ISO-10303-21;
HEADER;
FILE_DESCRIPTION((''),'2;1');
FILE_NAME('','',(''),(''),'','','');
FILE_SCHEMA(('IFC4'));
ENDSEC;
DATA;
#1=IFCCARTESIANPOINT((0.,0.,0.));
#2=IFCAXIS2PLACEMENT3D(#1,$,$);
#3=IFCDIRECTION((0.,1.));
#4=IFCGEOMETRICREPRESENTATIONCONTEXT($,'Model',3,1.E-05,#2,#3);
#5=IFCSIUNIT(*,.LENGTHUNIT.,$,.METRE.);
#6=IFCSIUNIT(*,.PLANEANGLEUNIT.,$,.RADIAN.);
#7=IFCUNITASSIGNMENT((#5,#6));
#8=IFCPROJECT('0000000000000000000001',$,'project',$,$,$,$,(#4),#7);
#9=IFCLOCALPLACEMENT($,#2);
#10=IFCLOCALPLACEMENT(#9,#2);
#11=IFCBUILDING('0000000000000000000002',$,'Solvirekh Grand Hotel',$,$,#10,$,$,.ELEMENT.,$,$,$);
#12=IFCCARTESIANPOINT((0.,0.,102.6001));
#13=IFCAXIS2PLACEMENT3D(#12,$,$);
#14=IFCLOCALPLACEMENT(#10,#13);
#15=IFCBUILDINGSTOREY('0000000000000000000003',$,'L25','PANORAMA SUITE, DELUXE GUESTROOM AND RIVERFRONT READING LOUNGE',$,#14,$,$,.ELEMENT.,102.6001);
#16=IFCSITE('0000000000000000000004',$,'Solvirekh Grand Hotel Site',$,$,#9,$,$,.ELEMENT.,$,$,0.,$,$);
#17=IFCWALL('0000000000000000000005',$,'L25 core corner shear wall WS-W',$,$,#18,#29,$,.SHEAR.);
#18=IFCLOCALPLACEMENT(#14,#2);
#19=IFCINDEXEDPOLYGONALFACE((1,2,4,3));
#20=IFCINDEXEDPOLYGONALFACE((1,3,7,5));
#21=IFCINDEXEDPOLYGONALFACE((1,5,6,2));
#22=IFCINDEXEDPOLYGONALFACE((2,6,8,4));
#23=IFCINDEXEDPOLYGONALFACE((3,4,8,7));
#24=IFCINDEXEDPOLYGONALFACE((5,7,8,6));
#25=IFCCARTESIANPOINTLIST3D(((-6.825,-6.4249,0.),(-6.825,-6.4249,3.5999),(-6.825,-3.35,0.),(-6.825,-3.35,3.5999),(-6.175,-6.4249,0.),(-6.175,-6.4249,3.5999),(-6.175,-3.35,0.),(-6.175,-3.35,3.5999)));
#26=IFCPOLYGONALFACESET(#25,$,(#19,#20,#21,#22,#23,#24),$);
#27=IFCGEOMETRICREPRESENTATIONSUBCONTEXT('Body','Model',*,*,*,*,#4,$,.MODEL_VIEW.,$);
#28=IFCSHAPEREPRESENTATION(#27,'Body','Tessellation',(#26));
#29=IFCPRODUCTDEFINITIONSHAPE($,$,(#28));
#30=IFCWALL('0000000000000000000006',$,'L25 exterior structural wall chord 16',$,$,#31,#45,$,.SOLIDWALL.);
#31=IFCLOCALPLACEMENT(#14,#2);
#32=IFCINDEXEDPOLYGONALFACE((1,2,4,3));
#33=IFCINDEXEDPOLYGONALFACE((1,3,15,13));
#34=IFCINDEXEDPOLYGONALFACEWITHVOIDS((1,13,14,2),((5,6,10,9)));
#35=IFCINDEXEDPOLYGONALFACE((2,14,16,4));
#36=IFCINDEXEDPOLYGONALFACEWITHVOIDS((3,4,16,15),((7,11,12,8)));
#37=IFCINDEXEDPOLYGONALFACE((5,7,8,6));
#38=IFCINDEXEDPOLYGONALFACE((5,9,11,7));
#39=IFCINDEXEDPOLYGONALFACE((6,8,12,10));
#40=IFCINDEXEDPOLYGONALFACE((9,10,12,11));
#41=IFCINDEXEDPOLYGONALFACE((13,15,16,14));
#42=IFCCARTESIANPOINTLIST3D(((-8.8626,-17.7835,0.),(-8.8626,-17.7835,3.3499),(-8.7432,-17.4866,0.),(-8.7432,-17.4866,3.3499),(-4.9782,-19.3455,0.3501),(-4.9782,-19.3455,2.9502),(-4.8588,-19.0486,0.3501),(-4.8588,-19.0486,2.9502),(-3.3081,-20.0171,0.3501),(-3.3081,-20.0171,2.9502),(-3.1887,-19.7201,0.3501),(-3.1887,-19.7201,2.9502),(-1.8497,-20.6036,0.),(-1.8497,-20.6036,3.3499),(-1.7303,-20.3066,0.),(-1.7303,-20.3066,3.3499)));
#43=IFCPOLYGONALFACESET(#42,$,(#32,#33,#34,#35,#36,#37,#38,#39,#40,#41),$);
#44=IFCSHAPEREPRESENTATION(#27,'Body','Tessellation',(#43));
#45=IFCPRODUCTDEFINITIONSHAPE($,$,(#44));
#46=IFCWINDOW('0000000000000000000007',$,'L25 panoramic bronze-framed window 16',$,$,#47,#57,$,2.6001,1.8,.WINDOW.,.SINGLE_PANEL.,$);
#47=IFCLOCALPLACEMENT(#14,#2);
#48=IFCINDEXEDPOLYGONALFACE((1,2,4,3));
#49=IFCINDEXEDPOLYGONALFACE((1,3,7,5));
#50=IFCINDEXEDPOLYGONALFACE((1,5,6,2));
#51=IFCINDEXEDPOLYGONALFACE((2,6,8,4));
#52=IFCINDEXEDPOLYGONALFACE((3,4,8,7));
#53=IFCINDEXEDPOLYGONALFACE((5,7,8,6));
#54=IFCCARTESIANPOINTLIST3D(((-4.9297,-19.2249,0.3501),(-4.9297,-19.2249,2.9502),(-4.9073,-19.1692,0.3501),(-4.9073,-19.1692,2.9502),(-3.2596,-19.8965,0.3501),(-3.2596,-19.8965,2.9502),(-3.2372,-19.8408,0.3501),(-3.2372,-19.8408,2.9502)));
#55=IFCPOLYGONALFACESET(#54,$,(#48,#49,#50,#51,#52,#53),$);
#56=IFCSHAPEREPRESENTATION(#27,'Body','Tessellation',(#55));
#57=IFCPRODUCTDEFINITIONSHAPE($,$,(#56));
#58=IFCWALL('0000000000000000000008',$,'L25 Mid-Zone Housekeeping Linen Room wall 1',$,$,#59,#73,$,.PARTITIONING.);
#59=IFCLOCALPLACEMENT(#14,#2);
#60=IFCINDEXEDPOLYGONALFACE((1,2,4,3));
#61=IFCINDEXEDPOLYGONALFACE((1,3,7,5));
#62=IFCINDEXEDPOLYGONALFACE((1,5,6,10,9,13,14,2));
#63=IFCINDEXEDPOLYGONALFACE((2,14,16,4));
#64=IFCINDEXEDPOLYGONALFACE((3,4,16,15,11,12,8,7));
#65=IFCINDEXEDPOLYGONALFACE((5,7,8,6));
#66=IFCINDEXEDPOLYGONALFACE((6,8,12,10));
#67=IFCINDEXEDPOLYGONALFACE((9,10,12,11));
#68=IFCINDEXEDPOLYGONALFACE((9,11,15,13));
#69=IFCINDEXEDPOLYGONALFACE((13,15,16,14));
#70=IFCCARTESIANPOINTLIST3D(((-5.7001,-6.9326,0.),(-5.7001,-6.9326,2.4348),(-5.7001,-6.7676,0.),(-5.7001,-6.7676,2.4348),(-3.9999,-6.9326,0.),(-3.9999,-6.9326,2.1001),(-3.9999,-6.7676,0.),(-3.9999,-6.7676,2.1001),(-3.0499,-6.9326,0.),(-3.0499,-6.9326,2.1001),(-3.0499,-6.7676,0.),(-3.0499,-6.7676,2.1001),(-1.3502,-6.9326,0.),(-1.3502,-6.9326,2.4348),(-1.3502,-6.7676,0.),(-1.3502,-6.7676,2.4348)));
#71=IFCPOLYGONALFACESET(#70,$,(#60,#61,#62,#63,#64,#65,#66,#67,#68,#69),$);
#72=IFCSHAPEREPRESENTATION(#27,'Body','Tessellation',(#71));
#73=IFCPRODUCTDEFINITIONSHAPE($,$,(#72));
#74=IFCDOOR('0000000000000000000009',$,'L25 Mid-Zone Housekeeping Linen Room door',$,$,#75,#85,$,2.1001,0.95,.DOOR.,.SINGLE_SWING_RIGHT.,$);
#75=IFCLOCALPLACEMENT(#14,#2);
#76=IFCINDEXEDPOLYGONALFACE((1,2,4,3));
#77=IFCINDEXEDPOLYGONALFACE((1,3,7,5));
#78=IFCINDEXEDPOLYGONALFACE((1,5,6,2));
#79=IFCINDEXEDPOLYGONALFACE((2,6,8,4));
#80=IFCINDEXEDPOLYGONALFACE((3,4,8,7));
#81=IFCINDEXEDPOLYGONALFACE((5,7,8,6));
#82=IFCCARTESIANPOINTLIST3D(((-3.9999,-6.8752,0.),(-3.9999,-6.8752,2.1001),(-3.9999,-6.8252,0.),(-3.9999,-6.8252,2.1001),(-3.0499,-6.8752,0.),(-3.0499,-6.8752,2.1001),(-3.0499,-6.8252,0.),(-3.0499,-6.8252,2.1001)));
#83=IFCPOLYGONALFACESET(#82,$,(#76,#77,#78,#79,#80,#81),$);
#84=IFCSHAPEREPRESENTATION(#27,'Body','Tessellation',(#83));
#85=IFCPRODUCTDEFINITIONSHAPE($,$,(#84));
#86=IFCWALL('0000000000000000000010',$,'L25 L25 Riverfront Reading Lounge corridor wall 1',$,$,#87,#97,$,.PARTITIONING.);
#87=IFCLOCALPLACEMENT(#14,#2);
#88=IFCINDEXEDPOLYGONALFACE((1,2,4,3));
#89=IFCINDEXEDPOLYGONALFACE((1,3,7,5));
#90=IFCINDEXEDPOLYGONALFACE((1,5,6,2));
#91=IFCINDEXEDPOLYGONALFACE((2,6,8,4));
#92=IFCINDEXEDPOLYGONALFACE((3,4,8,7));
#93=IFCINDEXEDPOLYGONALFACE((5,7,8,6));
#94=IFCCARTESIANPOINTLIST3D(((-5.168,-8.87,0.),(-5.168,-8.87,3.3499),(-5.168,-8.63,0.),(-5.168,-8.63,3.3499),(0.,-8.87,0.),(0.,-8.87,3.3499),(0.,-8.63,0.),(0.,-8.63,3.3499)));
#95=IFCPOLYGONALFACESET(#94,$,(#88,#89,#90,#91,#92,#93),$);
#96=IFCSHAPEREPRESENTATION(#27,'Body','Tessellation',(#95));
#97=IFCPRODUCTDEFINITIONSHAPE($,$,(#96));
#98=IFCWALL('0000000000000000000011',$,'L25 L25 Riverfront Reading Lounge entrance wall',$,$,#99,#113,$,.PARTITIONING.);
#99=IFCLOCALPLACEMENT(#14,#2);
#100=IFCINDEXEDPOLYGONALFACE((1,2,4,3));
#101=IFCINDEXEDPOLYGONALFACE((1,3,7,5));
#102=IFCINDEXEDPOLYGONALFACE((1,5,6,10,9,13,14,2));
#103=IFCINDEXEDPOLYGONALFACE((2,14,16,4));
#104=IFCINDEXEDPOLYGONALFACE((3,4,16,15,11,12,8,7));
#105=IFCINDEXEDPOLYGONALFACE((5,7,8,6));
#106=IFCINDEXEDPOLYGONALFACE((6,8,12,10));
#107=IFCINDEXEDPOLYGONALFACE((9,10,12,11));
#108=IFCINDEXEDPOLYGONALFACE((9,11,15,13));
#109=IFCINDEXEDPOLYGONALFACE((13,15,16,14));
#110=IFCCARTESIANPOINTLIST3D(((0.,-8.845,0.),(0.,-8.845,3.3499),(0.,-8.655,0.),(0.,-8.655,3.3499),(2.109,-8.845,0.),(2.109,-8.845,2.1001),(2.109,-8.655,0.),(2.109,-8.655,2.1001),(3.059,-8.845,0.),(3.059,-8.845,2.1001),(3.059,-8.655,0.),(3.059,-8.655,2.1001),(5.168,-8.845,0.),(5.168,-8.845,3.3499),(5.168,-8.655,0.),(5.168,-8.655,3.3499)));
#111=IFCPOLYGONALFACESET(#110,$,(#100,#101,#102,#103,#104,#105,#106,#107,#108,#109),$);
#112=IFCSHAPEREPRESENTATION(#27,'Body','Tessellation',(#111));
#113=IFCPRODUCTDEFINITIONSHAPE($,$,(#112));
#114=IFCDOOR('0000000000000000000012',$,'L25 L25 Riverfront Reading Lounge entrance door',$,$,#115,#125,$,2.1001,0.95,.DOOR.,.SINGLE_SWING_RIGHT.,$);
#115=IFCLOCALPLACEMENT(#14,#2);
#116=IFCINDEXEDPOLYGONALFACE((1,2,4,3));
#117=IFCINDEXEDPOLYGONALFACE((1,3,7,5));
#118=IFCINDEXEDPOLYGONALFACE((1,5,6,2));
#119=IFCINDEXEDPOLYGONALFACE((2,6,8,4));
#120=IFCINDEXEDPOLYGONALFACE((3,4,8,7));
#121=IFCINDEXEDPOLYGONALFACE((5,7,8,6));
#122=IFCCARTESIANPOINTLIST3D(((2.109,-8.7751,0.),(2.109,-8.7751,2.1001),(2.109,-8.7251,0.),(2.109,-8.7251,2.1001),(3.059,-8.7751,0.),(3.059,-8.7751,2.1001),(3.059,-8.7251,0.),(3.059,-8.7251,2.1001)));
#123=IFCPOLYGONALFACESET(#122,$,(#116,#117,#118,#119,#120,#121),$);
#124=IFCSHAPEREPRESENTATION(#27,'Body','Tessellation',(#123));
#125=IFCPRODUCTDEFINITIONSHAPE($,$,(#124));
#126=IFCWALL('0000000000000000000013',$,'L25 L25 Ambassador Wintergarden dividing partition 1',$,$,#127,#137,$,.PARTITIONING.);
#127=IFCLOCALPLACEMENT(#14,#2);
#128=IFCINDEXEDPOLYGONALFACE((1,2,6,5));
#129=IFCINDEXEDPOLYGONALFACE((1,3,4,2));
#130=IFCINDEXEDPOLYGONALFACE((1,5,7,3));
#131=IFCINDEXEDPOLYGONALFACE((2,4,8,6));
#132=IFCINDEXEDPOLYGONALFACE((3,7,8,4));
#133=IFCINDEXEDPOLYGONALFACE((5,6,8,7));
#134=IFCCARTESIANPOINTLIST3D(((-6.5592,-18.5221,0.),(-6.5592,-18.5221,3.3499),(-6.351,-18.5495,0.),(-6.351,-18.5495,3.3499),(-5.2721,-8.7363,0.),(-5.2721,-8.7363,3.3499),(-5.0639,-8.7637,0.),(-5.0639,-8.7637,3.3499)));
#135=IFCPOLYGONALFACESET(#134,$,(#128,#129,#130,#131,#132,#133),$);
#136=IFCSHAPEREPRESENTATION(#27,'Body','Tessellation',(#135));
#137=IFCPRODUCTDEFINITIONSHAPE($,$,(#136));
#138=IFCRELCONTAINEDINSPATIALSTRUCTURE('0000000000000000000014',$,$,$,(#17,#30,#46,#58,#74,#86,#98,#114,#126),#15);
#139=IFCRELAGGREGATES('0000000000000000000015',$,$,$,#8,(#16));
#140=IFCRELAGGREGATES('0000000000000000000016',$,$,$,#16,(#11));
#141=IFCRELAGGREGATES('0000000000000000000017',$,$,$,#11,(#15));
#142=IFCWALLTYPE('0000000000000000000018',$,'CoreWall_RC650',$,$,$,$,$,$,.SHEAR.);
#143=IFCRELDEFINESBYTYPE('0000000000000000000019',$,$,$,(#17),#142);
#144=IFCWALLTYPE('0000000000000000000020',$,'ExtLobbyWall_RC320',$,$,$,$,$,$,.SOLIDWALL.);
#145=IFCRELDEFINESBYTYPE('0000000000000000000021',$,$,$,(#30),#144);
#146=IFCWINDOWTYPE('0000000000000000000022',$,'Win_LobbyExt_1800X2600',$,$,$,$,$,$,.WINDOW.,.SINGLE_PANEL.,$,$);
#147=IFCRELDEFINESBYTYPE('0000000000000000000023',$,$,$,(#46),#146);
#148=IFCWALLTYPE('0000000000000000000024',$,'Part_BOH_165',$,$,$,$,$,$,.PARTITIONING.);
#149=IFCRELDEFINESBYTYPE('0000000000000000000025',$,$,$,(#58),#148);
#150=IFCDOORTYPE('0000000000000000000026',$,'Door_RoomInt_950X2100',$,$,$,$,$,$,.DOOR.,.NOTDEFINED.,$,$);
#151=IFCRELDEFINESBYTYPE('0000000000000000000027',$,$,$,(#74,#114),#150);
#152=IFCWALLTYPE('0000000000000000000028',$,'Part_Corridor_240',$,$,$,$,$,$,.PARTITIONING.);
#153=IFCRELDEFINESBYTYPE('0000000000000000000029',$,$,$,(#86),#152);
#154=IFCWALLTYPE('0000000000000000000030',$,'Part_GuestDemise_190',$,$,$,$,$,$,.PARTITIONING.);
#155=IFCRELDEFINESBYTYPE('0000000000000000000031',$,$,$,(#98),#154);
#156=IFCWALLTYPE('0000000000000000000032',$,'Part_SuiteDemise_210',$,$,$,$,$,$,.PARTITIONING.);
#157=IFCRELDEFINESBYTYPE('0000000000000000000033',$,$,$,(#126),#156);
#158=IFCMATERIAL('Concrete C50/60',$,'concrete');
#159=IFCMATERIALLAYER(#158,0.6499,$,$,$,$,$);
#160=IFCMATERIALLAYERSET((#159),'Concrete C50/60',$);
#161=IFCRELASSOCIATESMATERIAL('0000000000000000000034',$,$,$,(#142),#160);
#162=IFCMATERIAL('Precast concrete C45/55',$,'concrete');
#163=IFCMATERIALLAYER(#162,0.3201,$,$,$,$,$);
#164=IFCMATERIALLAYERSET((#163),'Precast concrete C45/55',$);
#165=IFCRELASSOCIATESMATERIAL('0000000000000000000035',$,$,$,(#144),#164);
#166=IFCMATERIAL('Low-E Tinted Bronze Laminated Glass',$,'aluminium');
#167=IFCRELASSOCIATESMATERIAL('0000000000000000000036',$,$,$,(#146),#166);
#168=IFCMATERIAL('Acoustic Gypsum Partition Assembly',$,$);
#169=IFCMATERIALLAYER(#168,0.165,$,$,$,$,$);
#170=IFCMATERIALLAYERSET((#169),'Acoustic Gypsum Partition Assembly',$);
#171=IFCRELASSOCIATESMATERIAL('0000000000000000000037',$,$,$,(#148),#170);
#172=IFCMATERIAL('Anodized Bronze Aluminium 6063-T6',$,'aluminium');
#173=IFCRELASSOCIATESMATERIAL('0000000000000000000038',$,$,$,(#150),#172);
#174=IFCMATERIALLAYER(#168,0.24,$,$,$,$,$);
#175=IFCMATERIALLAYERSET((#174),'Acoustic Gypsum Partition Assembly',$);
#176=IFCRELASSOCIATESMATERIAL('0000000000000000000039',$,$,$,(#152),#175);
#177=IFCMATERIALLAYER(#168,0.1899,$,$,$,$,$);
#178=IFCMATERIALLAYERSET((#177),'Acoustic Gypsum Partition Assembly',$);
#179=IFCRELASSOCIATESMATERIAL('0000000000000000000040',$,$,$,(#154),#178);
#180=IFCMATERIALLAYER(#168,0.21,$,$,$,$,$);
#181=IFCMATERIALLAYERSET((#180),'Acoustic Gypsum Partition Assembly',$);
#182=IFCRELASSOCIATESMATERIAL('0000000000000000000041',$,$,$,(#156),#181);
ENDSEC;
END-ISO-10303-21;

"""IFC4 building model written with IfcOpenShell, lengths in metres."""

from ifc_helpers import new_model, si_unit, direction, frame, frame_2d, origin, place, context, subcontext, project, spatial, rectangle, extrude, material, layer, layer_set, type_object, element, fill, save


model = new_model("IFC4")

# Units and contexts
model_context = context("Model", 3, precision=1e-05, world=origin(), true_north=direction((0.0, 1.0)))
body_context = subcontext(model_context, "Body", "Model", "MODEL_VIEW")
ifc_project = project(units=[si_unit("LENGTHUNIT", "METRE"), si_unit("PLANEANGLEUNIT", "RADIAN")], contexts=[model_context])

# Site, building, storey
site_placement = place(None, origin())
site = spatial("IfcSite", under=ifc_project, at=site_placement, Name="Solvirekh Grand Hotel Site", CompositionType="ELEMENT", RefElevation=0.0)
building_placement = place(site_placement, origin())
building = spatial("IfcBuilding", under=site, at=building_placement, Name="Solvirekh Grand Hotel", CompositionType="ELEMENT")
storey_placement = place(building_placement, frame((0.0, 0.0, 102.6001)))
storey = spatial("IfcBuildingStorey", under=building, at=storey_placement, Name="L25", Description="PANORAMA SUITE, DELUXE GUESTROOM AND RIVERFRONT READING LOUNGE", CompositionType="ELEMENT", Elevation=102.6001)

# Shared definitions
ifc_material_1 = material(Name="Concrete C50/60", Category="concrete")

# Wall
ifc_layer_1 = layer(ifc_material_1, 0.6499)
ifc_layer_set_1 = layer_set([ifc_layer_1], Name="Concrete C50/60")
wall_type_1 = type_object("IfcWallType", Name="CoreWall_RC650", PredefinedType="SHEAR", material=ifc_layer_set_1)
wall_1_placement = place(storey_placement, frame((-6.5, -6.425, 0.0), z_axis=(0.0, 0.0, 1.0), x_axis=(0.0, 1.0, 0.0)))
element("IfcWall", 1, at=wall_1_placement, inside=storey, type_object=wall_type_1, Name="L25 core corner shear wall WS-W", PredefinedType="SHEAR", context=body_context, shape_type="SweptSolid", body=[
    extrude(rectangle(XDim=3.075, YDim=0.6499, at=frame_2d((1.5376, 0.0))), origin(), (0.0, 0.0, 1.0), 3.5999),
])

# Wall, opening, window
ifc_material_2 = material(Name="Precast concrete C45/55", Category="concrete")
ifc_layer_2 = layer(ifc_material_2, 0.3201)
ifc_layer_set_2 = layer_set([ifc_layer_2], Name="Precast concrete C45/55")
wall_type_2 = type_object("IfcWallType", Name="ExtLobbyWall_RC320", PredefinedType="SOLIDWALL", material=ifc_layer_set_2)
wall_2_placement = place(storey_placement, frame((-1.79, -20.4551, 0.0), z_axis=(0.0, 0.0, 1.0), x_axis=(-0.927796, 0.373089, 0.0)))
wall_2 = element("IfcWall", 2, at=wall_2_placement, inside=storey, type_object=wall_type_2, Name="L25 exterior structural wall chord 16", PredefinedType="SOLIDWALL", context=body_context, shape_type="SweptSolid", body=[
    extrude(rectangle(XDim=7.5586, YDim=0.3201, at=frame_2d((3.7793, 0.0))), origin(), (0.0, 0.0, 1.0), 3.3499),
])
opening_1_placement = place(wall_2_placement, frame((1.572, 0.0, 0.3501)))
opening_1 = element("IfcOpeningElement", 3, at=opening_1_placement, cuts=wall_2, PredefinedType="OPENING", context=body_context, shape_type="SweptSolid", body=[
    extrude(rectangle(XDim=1.8, YDim=2.6001, at=frame_2d((0.8999, 1.3))), frame((0.0, 0.1699, 0.0), z_axis=(0.0, -1.0, 0.0), x_axis=(1.0, 0.0, 0.0)), (0.0, 0.0, 1.0), 0.3401),
])
ifc_material_3 = material(Name="Low-E Tinted Bronze Laminated Glass", Category="aluminium")
window_type = type_object("IfcWindowType", Name="Win_LobbyExt_1800X2600", PartitioningType="SINGLE_PANEL", PredefinedType="WINDOW", material=ifc_material_3)
window_placement = place(opening_1_placement, origin())
window = element("IfcWindow", 4, at=window_placement, inside=storey, type_object=window_type, Name="L25 panoramic bronze-framed window 16", OverallHeight=2.6001, OverallWidth=1.8, PartitioningType="SINGLE_PANEL", PredefinedType="WINDOW", context=body_context, shape_type="SweptSolid", body=[
    extrude(rectangle(XDim=1.8, YDim=2.6001, at=frame_2d((0.8999, 1.3))), frame((0.0, 0.03, 0.0), z_axis=(0.0, -1.0, 0.0), x_axis=(1.0, 0.0, 0.0)), (0.0, 0.0, 1.0), 0.0601),
])
fill(opening_1, window)

# Wall, opening, door
ifc_material_4 = material(Name="Acoustic Gypsum Partition Assembly")
ifc_layer_3 = layer(ifc_material_4, 0.165)
ifc_layer_set_3 = layer_set([ifc_layer_3], Name="Acoustic Gypsum Partition Assembly")
wall_type_3 = type_object("IfcWallType", Name="Part_BOH_165", PredefinedType="PARTITIONING", material=ifc_layer_set_3)
wall_3_placement = place(storey_placement, frame((-5.7, -6.8501, 0.0), z_axis=(0.0, 0.0, 1.0), x_axis=(1.0, 0.0, 0.0)))
wall_3 = element("IfcWall", 5, at=wall_3_placement, inside=storey, type_object=wall_type_3, Name="L25 Mid-Zone Housekeeping Linen Room wall 1", PredefinedType="PARTITIONING", context=body_context, shape_type="SweptSolid", body=[
    extrude(rectangle(XDim=4.3499, YDim=0.165, at=frame_2d((2.1748, 0.0))), origin(), (0.0, 0.0, 1.0), 2.4348),
])
opening_2_placement = place(wall_3_placement, frame((1.7, 0.0, 0.0)))
opening_2 = element("IfcOpeningElement", 6, at=opening_2_placement, cuts=wall_3, PredefinedType="OPENING", context=body_context, shape_type="SweptSolid", body=[
    extrude(rectangle(XDim=0.95, YDim=2.1001, at=frame_2d((0.4751, 1.05))), frame((0.0, 0.0925, 0.0), z_axis=(0.0, -1.0, 0.0), x_axis=(1.0, 0.0, 0.0)), (0.0, 0.0, 1.0), 0.1851),
])
ifc_material_5 = material(Name="Anodized Bronze Aluminium 6063-T6", Category="aluminium")
door_type = type_object("IfcDoorType", Name="Door_RoomInt_950X2100", OperationType="NOTDEFINED", PredefinedType="DOOR", material=ifc_material_5)
door_1_placement = place(opening_2_placement, origin())
door_1 = element("IfcDoor", 7, at=door_1_placement, inside=storey, type_object=door_type, Name="L25 Mid-Zone Housekeeping Linen Room door", OperationType="SINGLE_SWING_RIGHT", OverallHeight=2.1001, OverallWidth=0.95, PredefinedType="DOOR", context=body_context, shape_type="SweptSolid", body=[
    extrude(rectangle(XDim=0.95, YDim=2.1001, at=frame_2d((0.4751, 1.05))), frame((0.0, 0.0249, 0.0), z_axis=(0.0, -1.0, 0.0), x_axis=(1.0, 0.0, 0.0)), (0.0, 0.0, 1.0), 0.05),
])
fill(opening_2, door_1)

# Wall
ifc_layer_4 = layer(ifc_material_4, 0.24)
ifc_layer_set_4 = layer_set([ifc_layer_4], Name="Acoustic Gypsum Partition Assembly")
wall_type_4 = type_object("IfcWallType", Name="Part_Corridor_240", PredefinedType="PARTITIONING", material=ifc_layer_set_4)
wall_4_placement = place(storey_placement, frame((-5.168, -8.75, 0.0), z_axis=(0.0, 0.0, 1.0), x_axis=(1.0, 0.0, 0.0)))
element("IfcWall", 8, at=wall_4_placement, inside=storey, type_object=wall_type_4, Name="L25 L25 Riverfront Reading Lounge corridor wall 1", PredefinedType="PARTITIONING", context=body_context, shape_type="SweptSolid", body=[
    extrude(rectangle(XDim=5.168, YDim=0.24, at=frame_2d((2.584, 0.0))), origin(), (0.0, 0.0, 1.0), 3.3499),
])

# Wall, opening, door
ifc_layer_5 = layer(ifc_material_4, 0.1899)
ifc_layer_set_5 = layer_set([ifc_layer_5], Name="Acoustic Gypsum Partition Assembly")
wall_type_5 = type_object("IfcWallType", Name="Part_GuestDemise_190", PredefinedType="PARTITIONING", material=ifc_layer_set_5)
wall_5_placement = place(storey_placement, frame((0.0, -8.75, 0.0), z_axis=(0.0, 0.0, 1.0), x_axis=(1.0, 0.0, 0.0)))
wall_5 = element("IfcWall", 9, at=wall_5_placement, inside=storey, type_object=wall_type_5, Name="L25 L25 Riverfront Reading Lounge entrance wall", PredefinedType="PARTITIONING", context=body_context, shape_type="SweptSolid", body=[
    extrude(rectangle(XDim=5.168, YDim=0.1899, at=frame_2d((2.584, 0.0))), origin(), (0.0, 0.0, 1.0), 3.3499),
])
opening_3_placement = place(wall_5_placement, frame((2.1089, 0.0, 0.0)))
opening_3 = element("IfcOpeningElement", 10, at=opening_3_placement, cuts=wall_5, PredefinedType="OPENING", context=body_context, shape_type="SweptSolid", body=[
    extrude(rectangle(XDim=0.95, YDim=2.1001, at=frame_2d((0.4751, 1.05))), frame((0.0, 0.105, 0.0), z_axis=(0.0, -1.0, 0.0), x_axis=(1.0, 0.0, 0.0)), (0.0, 0.0, 1.0), 0.21),
])
door_2_placement = place(opening_3_placement, origin())
door_2 = element("IfcDoor", 11, at=door_2_placement, inside=storey, type_object=door_type, Name="L25 L25 Riverfront Reading Lounge entrance door", OperationType="SINGLE_SWING_RIGHT", OverallHeight=2.1001, OverallWidth=0.95, PredefinedType="DOOR", context=body_context, shape_type="SweptSolid", body=[
    extrude(rectangle(XDim=0.95, YDim=2.1001, at=frame_2d((0.4751, 1.05))), frame((0.0, 0.0249, 0.0), z_axis=(0.0, -1.0, 0.0), x_axis=(1.0, 0.0, 0.0)), (0.0, 0.0, 1.0), 0.05),
])
fill(opening_3, door_2)

# Wall
ifc_layer_6 = layer(ifc_material_4, 0.21)
ifc_layer_set_6 = layer_set([ifc_layer_6], Name="Acoustic Gypsum Partition Assembly")
wall_type_6 = type_object("IfcWallType", Name="Part_SuiteDemise_210", PredefinedType="PARTITIONING", material=ifc_layer_set_6)
wall_6_placement = place(storey_placement, frame((-5.168, -8.75, 0.0), z_axis=(0.0, 0.0, 1.0), x_axis=(-0.130404, -0.991461, 0.0)))
element("IfcWall", 12, at=wall_6_placement, inside=storey, type_object=wall_type_6, Name="L25 L25 Ambassador Wintergarden dividing partition 1", PredefinedType="PARTITIONING", context=body_context, shape_type="SweptSolid", body=[
    extrude(rectangle(XDim=9.8701, YDim=0.21, at=frame_2d((4.9351, 0.0))), origin(), (0.0, 0.0, 1.0), 3.3499),
])

save(model, "model.ifc")
